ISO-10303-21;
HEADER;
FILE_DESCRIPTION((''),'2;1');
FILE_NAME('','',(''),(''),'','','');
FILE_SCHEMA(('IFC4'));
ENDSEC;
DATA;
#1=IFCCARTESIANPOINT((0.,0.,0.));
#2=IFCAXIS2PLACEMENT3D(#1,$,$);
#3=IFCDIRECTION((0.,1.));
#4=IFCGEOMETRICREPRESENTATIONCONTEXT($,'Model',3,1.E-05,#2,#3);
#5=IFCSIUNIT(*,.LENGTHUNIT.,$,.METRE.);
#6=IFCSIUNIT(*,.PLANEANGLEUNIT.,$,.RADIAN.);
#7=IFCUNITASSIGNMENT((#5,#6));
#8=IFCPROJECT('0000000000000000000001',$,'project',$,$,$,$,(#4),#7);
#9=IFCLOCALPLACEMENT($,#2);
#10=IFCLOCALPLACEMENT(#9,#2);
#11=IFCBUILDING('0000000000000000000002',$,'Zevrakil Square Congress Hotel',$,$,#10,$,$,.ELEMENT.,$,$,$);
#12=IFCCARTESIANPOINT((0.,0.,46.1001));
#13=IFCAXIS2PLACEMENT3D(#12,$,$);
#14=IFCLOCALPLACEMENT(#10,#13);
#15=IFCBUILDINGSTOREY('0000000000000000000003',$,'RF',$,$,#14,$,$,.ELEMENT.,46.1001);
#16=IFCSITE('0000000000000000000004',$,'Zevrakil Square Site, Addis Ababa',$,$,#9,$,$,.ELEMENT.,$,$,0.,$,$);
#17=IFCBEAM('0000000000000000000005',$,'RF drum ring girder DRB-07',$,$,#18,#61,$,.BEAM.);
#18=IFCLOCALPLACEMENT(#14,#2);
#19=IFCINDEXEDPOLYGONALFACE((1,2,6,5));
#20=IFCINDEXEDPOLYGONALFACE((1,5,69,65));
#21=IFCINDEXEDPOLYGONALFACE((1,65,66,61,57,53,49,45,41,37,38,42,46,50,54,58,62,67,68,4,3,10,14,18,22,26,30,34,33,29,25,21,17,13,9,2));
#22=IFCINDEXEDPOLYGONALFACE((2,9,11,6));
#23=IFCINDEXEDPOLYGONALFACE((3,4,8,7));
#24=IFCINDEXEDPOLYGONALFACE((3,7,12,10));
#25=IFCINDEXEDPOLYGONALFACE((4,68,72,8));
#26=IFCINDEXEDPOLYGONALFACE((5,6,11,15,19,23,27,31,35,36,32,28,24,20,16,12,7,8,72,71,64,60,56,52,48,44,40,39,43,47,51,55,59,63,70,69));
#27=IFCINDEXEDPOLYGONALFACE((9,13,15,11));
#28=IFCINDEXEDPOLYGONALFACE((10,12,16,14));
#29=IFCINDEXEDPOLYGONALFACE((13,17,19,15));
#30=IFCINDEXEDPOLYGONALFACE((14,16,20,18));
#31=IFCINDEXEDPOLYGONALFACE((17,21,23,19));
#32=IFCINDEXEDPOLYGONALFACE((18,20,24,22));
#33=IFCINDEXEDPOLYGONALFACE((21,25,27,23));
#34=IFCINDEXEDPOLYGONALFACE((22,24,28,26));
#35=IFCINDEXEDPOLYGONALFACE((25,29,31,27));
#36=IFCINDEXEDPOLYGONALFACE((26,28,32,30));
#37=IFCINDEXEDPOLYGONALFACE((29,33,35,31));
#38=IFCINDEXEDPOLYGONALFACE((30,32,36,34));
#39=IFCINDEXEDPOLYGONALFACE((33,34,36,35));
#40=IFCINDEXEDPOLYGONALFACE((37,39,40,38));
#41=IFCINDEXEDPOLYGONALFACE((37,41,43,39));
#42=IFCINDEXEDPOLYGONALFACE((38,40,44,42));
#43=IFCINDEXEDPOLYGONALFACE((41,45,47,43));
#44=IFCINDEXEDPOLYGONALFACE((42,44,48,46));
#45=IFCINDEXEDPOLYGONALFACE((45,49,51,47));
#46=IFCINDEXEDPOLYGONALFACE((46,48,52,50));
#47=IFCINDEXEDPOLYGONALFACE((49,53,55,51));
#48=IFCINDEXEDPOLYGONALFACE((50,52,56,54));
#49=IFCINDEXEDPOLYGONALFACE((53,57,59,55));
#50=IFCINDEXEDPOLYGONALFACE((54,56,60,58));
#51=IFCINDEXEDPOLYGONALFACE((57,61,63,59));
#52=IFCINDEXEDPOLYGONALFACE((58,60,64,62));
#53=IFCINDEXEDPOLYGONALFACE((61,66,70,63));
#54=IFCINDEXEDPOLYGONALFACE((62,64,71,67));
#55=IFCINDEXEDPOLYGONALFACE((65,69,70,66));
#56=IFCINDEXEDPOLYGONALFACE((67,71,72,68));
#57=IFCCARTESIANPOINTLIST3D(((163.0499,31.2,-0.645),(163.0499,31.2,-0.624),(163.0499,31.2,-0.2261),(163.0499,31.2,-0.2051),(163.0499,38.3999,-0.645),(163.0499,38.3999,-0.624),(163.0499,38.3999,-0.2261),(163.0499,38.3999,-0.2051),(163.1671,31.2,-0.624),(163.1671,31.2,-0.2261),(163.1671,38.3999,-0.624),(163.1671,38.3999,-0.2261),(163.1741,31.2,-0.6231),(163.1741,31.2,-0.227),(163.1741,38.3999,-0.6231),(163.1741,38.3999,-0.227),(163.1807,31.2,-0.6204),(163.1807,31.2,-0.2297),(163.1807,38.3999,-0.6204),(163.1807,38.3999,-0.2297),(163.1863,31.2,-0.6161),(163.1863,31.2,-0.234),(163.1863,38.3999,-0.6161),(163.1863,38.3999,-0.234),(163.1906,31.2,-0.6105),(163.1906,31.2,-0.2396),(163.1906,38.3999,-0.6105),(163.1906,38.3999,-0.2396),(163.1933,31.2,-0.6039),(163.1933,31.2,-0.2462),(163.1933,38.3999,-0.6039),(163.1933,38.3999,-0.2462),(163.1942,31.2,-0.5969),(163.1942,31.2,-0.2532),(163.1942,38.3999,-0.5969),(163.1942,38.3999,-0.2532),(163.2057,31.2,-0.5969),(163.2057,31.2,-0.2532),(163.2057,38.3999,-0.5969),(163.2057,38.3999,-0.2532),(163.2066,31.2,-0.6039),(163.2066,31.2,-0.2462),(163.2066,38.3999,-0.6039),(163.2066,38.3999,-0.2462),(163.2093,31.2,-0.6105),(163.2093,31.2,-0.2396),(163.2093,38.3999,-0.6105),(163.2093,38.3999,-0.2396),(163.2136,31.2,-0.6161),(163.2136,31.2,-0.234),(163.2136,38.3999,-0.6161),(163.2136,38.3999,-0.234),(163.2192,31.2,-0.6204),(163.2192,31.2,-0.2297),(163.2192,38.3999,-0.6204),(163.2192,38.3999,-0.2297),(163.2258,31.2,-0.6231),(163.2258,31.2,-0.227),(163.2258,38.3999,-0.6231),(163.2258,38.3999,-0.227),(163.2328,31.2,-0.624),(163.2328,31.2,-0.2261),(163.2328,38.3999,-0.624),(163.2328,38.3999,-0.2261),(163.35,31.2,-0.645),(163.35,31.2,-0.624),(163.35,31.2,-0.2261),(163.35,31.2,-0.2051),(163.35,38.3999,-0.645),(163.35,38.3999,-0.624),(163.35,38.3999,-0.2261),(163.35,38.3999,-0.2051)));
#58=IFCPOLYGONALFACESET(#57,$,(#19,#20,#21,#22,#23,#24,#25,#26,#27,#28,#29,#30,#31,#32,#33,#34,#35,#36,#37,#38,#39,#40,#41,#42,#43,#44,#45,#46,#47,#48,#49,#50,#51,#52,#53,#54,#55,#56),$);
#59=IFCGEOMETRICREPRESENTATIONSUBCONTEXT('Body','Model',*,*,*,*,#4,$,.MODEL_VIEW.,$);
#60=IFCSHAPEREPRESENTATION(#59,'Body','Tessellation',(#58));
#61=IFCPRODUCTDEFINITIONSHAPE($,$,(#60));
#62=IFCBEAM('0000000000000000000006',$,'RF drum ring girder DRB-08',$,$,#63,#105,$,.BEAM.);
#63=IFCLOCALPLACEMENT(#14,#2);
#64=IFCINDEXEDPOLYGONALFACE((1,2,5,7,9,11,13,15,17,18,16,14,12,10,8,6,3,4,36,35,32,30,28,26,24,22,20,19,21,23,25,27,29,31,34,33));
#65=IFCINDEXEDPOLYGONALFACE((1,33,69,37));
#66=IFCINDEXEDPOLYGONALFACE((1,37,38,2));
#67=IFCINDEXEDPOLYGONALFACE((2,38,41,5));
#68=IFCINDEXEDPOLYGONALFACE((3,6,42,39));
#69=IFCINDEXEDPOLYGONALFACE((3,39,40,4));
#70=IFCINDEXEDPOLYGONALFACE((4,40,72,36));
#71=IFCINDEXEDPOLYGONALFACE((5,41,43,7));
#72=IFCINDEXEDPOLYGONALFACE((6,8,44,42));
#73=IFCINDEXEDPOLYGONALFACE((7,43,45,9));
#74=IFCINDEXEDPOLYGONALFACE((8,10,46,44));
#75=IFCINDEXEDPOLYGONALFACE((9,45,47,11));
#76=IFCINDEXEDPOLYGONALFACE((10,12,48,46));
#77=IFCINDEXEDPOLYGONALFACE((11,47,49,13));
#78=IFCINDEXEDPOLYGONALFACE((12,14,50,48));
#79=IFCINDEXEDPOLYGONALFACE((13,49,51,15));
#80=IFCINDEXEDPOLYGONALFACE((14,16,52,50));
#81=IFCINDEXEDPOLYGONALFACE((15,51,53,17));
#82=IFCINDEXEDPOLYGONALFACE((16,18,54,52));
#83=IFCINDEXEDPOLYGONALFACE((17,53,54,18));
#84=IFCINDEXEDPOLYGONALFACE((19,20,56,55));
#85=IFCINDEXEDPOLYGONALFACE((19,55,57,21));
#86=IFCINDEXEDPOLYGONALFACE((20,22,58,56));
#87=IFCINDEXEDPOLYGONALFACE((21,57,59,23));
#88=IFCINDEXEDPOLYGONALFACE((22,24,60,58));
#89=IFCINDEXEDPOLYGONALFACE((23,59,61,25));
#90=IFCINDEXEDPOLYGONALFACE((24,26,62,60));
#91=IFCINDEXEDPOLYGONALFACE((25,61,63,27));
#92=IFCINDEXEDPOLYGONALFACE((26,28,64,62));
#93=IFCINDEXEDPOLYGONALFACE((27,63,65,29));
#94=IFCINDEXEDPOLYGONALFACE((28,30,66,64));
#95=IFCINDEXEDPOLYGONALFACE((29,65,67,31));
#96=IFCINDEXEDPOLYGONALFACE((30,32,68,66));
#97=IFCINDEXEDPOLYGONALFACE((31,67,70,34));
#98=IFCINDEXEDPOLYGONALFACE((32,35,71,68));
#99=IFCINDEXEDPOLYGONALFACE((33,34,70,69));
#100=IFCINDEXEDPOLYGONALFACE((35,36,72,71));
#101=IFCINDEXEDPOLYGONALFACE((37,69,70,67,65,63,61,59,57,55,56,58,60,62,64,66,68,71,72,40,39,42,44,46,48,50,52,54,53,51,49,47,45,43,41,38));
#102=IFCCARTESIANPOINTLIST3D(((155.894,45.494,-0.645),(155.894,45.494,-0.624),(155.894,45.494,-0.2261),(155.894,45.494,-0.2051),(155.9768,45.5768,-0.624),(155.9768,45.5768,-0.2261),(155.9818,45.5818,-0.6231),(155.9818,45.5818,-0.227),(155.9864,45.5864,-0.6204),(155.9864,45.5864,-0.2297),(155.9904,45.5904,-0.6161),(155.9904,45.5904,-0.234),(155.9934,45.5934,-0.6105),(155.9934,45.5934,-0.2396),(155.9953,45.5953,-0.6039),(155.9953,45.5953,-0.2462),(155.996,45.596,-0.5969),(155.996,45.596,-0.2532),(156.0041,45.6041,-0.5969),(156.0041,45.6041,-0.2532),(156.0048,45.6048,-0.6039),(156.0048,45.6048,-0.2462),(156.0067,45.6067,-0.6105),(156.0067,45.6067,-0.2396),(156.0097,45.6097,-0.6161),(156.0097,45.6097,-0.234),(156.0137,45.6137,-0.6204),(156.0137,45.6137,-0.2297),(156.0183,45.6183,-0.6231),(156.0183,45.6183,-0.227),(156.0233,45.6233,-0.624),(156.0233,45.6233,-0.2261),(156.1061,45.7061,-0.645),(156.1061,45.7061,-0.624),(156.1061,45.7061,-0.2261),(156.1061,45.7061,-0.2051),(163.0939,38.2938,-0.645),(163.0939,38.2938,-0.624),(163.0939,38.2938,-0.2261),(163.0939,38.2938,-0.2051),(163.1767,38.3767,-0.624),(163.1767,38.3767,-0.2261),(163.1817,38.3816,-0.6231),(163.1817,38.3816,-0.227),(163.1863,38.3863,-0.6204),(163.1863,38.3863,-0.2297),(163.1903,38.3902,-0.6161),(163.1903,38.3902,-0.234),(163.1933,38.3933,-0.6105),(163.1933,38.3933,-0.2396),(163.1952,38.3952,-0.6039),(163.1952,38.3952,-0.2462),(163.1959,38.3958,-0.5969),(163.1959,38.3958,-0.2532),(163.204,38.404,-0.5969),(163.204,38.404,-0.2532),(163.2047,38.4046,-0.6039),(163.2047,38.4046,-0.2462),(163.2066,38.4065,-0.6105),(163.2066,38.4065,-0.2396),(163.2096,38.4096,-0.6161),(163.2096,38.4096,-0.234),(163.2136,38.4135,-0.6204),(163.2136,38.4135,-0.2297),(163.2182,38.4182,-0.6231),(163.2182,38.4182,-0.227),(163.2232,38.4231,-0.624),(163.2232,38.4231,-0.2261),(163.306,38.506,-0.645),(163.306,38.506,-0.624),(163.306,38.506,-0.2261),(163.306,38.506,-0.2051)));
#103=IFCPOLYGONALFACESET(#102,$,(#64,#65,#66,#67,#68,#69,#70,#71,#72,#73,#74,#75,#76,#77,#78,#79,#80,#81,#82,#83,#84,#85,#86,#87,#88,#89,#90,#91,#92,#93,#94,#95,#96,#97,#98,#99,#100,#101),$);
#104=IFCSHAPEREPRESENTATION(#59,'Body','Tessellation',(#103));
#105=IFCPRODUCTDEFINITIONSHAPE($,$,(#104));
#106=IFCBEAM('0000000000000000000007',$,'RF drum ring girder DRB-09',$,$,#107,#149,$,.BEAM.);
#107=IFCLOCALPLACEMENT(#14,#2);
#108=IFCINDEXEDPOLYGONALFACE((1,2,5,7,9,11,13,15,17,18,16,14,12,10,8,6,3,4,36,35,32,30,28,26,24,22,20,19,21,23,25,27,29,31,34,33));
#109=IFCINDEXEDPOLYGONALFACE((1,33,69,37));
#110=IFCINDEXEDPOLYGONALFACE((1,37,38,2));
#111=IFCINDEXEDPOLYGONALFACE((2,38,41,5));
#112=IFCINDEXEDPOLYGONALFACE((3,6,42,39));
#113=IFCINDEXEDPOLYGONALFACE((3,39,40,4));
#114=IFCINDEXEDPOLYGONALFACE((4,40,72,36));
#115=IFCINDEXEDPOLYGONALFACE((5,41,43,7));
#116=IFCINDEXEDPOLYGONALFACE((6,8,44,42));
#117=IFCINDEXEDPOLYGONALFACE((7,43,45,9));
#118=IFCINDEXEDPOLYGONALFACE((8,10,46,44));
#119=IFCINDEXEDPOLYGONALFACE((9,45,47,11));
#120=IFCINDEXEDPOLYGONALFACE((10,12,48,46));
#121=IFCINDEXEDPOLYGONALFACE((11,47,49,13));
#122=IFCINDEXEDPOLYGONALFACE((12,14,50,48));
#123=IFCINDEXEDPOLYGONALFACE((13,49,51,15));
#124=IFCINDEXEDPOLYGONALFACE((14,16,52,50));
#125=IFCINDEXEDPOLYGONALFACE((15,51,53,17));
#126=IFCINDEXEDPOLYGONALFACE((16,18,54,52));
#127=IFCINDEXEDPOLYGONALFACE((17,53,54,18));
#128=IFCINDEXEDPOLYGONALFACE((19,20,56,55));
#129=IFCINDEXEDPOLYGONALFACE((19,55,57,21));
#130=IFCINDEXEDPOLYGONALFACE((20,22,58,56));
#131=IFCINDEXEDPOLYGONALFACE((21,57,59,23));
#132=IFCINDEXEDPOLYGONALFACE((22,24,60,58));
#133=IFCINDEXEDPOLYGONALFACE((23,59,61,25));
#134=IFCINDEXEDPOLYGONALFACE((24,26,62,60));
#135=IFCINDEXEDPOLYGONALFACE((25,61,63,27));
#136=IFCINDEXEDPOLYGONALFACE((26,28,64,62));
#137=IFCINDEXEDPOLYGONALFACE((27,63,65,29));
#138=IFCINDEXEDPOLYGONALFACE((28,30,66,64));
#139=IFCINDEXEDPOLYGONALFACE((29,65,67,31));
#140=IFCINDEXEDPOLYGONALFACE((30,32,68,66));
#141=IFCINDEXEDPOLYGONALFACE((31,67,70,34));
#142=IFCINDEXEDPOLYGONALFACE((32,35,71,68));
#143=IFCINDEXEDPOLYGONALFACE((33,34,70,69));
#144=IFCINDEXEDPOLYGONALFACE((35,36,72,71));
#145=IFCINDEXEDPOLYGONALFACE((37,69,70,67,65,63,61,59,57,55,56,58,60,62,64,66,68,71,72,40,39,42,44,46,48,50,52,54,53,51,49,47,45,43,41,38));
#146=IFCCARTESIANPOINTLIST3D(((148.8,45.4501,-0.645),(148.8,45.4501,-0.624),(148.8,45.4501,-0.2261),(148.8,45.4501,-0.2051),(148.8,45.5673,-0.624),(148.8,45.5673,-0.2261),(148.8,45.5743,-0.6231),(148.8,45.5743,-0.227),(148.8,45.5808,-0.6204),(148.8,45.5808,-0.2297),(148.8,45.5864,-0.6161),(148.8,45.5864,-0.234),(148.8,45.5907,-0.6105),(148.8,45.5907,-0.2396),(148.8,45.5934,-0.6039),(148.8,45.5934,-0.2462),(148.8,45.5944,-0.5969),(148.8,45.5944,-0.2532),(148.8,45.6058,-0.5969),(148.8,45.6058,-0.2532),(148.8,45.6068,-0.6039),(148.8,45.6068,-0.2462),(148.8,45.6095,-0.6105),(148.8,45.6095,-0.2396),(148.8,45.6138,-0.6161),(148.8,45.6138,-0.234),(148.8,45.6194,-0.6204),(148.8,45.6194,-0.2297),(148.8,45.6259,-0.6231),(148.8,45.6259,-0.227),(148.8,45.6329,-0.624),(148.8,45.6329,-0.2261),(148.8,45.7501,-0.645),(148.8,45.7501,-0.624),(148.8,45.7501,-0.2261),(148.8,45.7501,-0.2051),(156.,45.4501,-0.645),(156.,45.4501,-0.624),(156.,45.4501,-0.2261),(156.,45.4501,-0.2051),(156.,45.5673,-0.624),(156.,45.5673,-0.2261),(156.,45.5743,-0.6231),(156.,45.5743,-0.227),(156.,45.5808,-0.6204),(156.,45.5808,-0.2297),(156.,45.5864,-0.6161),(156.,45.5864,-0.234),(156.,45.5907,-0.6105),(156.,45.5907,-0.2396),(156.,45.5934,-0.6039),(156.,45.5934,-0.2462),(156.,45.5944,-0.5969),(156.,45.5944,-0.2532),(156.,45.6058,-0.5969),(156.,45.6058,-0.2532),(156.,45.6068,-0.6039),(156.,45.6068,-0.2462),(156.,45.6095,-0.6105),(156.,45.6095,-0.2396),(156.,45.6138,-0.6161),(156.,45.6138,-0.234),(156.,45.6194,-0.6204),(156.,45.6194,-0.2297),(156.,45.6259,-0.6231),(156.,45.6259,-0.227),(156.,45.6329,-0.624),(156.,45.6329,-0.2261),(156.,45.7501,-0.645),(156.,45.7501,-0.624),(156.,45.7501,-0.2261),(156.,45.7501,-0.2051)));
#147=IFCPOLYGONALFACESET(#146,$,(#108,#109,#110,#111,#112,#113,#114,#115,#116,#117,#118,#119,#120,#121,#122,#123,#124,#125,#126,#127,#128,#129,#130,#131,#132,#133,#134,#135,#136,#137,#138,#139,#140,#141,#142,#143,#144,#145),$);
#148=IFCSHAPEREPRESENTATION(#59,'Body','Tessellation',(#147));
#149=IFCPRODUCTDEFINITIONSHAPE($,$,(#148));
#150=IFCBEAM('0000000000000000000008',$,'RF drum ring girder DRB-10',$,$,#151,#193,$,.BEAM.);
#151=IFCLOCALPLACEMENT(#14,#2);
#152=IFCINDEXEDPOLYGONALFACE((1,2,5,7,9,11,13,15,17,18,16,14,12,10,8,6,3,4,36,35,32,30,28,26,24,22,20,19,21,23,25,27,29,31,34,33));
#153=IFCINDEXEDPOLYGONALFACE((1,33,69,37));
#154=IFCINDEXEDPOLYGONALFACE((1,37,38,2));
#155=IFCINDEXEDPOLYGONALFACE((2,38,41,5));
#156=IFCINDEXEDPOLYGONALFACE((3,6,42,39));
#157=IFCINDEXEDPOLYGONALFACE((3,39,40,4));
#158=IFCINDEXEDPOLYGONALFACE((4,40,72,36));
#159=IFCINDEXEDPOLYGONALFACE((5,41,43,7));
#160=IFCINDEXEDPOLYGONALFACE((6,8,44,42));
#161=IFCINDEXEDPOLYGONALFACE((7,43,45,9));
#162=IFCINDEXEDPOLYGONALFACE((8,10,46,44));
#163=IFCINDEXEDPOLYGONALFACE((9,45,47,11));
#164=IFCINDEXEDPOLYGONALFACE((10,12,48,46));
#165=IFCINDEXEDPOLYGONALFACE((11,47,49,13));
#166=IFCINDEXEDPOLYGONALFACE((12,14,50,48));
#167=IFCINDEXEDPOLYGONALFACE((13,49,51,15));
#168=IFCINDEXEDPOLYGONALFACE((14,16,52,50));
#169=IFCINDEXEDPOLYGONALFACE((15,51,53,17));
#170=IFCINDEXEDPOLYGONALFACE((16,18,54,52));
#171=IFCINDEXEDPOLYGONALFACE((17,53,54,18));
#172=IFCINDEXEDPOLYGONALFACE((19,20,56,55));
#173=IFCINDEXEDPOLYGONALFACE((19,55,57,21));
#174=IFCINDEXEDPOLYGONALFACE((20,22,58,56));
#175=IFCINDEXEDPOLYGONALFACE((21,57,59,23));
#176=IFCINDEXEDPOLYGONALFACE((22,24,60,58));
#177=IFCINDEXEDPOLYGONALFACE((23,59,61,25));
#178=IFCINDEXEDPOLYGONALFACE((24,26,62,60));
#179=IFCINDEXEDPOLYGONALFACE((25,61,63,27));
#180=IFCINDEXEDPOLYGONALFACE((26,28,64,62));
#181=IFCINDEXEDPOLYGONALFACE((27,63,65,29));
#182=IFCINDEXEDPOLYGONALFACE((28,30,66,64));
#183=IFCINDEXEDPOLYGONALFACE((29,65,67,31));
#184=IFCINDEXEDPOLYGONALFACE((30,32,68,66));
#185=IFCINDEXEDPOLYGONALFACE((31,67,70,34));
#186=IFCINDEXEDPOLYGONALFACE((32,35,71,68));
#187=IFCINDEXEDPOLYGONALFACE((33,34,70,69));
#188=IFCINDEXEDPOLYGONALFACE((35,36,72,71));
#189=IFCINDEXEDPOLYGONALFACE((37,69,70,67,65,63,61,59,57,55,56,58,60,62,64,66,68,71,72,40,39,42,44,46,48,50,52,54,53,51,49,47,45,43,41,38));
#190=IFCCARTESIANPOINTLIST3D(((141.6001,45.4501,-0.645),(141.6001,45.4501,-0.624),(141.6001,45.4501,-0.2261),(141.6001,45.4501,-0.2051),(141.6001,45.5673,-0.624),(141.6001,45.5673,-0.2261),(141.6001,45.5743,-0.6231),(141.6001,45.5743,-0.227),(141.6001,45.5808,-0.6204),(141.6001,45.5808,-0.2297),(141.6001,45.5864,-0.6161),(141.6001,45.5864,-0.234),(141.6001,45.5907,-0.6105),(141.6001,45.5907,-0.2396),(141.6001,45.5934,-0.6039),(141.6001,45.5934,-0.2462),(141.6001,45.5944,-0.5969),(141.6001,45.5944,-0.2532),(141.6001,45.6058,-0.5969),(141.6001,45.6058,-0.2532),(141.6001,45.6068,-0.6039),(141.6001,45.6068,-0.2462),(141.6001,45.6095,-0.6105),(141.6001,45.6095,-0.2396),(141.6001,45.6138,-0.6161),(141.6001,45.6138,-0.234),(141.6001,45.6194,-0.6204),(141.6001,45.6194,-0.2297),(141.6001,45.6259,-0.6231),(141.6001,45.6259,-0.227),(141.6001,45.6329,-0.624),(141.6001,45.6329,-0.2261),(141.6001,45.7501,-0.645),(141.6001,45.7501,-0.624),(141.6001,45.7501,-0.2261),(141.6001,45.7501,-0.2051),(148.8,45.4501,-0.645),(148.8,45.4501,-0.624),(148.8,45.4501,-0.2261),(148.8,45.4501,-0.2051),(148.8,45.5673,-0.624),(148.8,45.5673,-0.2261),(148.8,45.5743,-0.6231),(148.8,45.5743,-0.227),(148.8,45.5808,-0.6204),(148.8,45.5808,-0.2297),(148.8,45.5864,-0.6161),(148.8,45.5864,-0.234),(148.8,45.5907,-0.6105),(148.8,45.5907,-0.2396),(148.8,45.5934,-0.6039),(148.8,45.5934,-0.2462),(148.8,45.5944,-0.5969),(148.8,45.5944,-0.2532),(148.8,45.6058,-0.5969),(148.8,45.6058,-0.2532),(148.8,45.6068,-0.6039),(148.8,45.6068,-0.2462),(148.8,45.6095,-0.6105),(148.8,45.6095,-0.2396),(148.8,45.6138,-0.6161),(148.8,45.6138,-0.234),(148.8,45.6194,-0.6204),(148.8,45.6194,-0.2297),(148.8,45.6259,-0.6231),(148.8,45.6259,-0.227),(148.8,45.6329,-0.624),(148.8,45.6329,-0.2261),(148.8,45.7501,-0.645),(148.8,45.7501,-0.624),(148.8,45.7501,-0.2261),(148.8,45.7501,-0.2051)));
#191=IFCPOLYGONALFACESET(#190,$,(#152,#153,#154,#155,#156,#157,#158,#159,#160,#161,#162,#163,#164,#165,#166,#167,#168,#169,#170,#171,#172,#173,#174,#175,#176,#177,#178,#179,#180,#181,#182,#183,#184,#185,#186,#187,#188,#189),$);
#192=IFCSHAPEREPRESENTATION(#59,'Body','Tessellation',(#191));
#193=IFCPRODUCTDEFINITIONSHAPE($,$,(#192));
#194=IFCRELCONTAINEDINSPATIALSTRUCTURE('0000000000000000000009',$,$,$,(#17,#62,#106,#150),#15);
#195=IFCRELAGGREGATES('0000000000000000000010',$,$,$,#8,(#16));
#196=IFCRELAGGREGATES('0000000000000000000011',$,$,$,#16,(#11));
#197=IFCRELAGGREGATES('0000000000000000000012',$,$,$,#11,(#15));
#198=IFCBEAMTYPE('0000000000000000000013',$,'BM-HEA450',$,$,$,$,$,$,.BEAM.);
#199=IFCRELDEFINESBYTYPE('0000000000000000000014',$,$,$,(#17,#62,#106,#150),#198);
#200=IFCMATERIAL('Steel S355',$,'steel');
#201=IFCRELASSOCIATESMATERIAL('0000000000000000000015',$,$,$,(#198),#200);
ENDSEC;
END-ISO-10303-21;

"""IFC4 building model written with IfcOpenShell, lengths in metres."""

from ifc_helpers import new_model, si_unit, direction, frame, origin, origin_2d, place, context, subcontext, project, spatial, i_section, extrude, material, material_profile, profile_set, type_object, element, save


model = new_model("IFC4")

# Units and contexts
model_context = context("Model", 3, precision=1e-05, world=origin(), true_north=direction((0.0, 1.0)))
body_context = subcontext(model_context, "Body", "Model", "MODEL_VIEW")
ifc_project = project(units=[si_unit("LENGTHUNIT", "METRE"), si_unit("PLANEANGLEUNIT", "RADIAN")], contexts=[model_context])

# Site, building, storey
site_placement = place(None, origin())
site = spatial("IfcSite", under=ifc_project, at=site_placement, Name="Zevrakil Square Site, Addis Ababa", CompositionType="ELEMENT", RefElevation=0.0)
building_placement = place(site_placement, origin())
building = spatial("IfcBuilding", under=site, at=building_placement, Name="Zevrakil Square Congress Hotel", CompositionType="ELEMENT")
storey_placement = place(building_placement, frame((0.0, 0.0, 46.1001)))
storey = spatial("IfcBuildingStorey", under=building, at=storey_placement, Name="RF", CompositionType="ELEMENT", Elevation=46.1001)

# Beams
ifc_material_1 = material(Name="Steel S355", Category="steel")
ifc_material_profile_1 = material_profile(ifc_material_1, i_section(OverallWidth=0.3, OverallDepth=0.4399, WebThickness=0.0115, FlangeThickness=0.021, FilletRadius=0.0271, at=origin_2d()), Name="HEA 450")
ifc_profile_set_1 = profile_set([ifc_material_profile_1], Name="Steel S355")
beam_type_1 = type_object("IfcBeamType", Name="BM-HEA450", PredefinedType="BEAM", material=ifc_profile_set_1)
for number, where, z_axis, x_axis, name in (
    (1, (163.2, 31.2, -0.425), (0.0, 1.0, 0.0), (-1.0, 0.0, 0.0), "RF drum ring girder DRB-07"),
):
    element("IfcBeam", number, at=place(storey_placement, frame(where, z_axis=z_axis, x_axis=x_axis)), inside=storey, type_object=beam_type_1, Name=name, PredefinedType="BEAM", context=body_context, shape_type="SweptSolid", body=[
        extrude(i_section(OverallWidth=0.3, OverallDepth=0.4399, WebThickness=0.0115, FlangeThickness=0.021, FilletRadius=0.0271, at=origin_2d()), origin(), (0.0, 0.0, 1.0), 7.2),
    ])
beam_1_placement = place(storey_placement, frame((163.2, 38.3999, -0.425), z_axis=(-0.707095, 0.707119, 0.0), x_axis=(-0.707119, -0.707095, 0.0)))
element("IfcBeam", 2, at=beam_1_placement, inside=storey, type_object=beam_type_1, Name="RF drum ring girder DRB-08", PredefinedType="BEAM", context=body_context, shape_type="SweptSolid", body=[
    extrude(i_section(OverallWidth=0.3, OverallDepth=0.4399, WebThickness=0.0115, FlangeThickness=0.021, FilletRadius=0.0271, at=origin_2d()), origin(), (0.0, 0.0, 1.0), 10.1824),
])
for number, where, z_axis, x_axis, name in (
    (3, (156.0, 45.6001, -0.425), (-1.0, 0.0, 0.0), (0.0, -1.0, 0.0), "RF drum ring girder DRB-09"),
    (4, (148.8, 45.6001, -0.425), (-1.0, 0.0, 0.0), (0.0, -1.0, 0.0), "RF drum ring girder DRB-10"),
):
    element("IfcBeam", number, at=place(storey_placement, frame(where, z_axis=z_axis, x_axis=x_axis)), inside=storey, type_object=beam_type_1, Name=name, PredefinedType="BEAM", context=body_context, shape_type="SweptSolid", body=[
        extrude(i_section(OverallWidth=0.3, OverallDepth=0.4399, WebThickness=0.0115, FlangeThickness=0.021, FilletRadius=0.0271, at=origin_2d()), origin(), (0.0, 0.0, 1.0), 7.2),
    ])

save(model, "model.ifc")
